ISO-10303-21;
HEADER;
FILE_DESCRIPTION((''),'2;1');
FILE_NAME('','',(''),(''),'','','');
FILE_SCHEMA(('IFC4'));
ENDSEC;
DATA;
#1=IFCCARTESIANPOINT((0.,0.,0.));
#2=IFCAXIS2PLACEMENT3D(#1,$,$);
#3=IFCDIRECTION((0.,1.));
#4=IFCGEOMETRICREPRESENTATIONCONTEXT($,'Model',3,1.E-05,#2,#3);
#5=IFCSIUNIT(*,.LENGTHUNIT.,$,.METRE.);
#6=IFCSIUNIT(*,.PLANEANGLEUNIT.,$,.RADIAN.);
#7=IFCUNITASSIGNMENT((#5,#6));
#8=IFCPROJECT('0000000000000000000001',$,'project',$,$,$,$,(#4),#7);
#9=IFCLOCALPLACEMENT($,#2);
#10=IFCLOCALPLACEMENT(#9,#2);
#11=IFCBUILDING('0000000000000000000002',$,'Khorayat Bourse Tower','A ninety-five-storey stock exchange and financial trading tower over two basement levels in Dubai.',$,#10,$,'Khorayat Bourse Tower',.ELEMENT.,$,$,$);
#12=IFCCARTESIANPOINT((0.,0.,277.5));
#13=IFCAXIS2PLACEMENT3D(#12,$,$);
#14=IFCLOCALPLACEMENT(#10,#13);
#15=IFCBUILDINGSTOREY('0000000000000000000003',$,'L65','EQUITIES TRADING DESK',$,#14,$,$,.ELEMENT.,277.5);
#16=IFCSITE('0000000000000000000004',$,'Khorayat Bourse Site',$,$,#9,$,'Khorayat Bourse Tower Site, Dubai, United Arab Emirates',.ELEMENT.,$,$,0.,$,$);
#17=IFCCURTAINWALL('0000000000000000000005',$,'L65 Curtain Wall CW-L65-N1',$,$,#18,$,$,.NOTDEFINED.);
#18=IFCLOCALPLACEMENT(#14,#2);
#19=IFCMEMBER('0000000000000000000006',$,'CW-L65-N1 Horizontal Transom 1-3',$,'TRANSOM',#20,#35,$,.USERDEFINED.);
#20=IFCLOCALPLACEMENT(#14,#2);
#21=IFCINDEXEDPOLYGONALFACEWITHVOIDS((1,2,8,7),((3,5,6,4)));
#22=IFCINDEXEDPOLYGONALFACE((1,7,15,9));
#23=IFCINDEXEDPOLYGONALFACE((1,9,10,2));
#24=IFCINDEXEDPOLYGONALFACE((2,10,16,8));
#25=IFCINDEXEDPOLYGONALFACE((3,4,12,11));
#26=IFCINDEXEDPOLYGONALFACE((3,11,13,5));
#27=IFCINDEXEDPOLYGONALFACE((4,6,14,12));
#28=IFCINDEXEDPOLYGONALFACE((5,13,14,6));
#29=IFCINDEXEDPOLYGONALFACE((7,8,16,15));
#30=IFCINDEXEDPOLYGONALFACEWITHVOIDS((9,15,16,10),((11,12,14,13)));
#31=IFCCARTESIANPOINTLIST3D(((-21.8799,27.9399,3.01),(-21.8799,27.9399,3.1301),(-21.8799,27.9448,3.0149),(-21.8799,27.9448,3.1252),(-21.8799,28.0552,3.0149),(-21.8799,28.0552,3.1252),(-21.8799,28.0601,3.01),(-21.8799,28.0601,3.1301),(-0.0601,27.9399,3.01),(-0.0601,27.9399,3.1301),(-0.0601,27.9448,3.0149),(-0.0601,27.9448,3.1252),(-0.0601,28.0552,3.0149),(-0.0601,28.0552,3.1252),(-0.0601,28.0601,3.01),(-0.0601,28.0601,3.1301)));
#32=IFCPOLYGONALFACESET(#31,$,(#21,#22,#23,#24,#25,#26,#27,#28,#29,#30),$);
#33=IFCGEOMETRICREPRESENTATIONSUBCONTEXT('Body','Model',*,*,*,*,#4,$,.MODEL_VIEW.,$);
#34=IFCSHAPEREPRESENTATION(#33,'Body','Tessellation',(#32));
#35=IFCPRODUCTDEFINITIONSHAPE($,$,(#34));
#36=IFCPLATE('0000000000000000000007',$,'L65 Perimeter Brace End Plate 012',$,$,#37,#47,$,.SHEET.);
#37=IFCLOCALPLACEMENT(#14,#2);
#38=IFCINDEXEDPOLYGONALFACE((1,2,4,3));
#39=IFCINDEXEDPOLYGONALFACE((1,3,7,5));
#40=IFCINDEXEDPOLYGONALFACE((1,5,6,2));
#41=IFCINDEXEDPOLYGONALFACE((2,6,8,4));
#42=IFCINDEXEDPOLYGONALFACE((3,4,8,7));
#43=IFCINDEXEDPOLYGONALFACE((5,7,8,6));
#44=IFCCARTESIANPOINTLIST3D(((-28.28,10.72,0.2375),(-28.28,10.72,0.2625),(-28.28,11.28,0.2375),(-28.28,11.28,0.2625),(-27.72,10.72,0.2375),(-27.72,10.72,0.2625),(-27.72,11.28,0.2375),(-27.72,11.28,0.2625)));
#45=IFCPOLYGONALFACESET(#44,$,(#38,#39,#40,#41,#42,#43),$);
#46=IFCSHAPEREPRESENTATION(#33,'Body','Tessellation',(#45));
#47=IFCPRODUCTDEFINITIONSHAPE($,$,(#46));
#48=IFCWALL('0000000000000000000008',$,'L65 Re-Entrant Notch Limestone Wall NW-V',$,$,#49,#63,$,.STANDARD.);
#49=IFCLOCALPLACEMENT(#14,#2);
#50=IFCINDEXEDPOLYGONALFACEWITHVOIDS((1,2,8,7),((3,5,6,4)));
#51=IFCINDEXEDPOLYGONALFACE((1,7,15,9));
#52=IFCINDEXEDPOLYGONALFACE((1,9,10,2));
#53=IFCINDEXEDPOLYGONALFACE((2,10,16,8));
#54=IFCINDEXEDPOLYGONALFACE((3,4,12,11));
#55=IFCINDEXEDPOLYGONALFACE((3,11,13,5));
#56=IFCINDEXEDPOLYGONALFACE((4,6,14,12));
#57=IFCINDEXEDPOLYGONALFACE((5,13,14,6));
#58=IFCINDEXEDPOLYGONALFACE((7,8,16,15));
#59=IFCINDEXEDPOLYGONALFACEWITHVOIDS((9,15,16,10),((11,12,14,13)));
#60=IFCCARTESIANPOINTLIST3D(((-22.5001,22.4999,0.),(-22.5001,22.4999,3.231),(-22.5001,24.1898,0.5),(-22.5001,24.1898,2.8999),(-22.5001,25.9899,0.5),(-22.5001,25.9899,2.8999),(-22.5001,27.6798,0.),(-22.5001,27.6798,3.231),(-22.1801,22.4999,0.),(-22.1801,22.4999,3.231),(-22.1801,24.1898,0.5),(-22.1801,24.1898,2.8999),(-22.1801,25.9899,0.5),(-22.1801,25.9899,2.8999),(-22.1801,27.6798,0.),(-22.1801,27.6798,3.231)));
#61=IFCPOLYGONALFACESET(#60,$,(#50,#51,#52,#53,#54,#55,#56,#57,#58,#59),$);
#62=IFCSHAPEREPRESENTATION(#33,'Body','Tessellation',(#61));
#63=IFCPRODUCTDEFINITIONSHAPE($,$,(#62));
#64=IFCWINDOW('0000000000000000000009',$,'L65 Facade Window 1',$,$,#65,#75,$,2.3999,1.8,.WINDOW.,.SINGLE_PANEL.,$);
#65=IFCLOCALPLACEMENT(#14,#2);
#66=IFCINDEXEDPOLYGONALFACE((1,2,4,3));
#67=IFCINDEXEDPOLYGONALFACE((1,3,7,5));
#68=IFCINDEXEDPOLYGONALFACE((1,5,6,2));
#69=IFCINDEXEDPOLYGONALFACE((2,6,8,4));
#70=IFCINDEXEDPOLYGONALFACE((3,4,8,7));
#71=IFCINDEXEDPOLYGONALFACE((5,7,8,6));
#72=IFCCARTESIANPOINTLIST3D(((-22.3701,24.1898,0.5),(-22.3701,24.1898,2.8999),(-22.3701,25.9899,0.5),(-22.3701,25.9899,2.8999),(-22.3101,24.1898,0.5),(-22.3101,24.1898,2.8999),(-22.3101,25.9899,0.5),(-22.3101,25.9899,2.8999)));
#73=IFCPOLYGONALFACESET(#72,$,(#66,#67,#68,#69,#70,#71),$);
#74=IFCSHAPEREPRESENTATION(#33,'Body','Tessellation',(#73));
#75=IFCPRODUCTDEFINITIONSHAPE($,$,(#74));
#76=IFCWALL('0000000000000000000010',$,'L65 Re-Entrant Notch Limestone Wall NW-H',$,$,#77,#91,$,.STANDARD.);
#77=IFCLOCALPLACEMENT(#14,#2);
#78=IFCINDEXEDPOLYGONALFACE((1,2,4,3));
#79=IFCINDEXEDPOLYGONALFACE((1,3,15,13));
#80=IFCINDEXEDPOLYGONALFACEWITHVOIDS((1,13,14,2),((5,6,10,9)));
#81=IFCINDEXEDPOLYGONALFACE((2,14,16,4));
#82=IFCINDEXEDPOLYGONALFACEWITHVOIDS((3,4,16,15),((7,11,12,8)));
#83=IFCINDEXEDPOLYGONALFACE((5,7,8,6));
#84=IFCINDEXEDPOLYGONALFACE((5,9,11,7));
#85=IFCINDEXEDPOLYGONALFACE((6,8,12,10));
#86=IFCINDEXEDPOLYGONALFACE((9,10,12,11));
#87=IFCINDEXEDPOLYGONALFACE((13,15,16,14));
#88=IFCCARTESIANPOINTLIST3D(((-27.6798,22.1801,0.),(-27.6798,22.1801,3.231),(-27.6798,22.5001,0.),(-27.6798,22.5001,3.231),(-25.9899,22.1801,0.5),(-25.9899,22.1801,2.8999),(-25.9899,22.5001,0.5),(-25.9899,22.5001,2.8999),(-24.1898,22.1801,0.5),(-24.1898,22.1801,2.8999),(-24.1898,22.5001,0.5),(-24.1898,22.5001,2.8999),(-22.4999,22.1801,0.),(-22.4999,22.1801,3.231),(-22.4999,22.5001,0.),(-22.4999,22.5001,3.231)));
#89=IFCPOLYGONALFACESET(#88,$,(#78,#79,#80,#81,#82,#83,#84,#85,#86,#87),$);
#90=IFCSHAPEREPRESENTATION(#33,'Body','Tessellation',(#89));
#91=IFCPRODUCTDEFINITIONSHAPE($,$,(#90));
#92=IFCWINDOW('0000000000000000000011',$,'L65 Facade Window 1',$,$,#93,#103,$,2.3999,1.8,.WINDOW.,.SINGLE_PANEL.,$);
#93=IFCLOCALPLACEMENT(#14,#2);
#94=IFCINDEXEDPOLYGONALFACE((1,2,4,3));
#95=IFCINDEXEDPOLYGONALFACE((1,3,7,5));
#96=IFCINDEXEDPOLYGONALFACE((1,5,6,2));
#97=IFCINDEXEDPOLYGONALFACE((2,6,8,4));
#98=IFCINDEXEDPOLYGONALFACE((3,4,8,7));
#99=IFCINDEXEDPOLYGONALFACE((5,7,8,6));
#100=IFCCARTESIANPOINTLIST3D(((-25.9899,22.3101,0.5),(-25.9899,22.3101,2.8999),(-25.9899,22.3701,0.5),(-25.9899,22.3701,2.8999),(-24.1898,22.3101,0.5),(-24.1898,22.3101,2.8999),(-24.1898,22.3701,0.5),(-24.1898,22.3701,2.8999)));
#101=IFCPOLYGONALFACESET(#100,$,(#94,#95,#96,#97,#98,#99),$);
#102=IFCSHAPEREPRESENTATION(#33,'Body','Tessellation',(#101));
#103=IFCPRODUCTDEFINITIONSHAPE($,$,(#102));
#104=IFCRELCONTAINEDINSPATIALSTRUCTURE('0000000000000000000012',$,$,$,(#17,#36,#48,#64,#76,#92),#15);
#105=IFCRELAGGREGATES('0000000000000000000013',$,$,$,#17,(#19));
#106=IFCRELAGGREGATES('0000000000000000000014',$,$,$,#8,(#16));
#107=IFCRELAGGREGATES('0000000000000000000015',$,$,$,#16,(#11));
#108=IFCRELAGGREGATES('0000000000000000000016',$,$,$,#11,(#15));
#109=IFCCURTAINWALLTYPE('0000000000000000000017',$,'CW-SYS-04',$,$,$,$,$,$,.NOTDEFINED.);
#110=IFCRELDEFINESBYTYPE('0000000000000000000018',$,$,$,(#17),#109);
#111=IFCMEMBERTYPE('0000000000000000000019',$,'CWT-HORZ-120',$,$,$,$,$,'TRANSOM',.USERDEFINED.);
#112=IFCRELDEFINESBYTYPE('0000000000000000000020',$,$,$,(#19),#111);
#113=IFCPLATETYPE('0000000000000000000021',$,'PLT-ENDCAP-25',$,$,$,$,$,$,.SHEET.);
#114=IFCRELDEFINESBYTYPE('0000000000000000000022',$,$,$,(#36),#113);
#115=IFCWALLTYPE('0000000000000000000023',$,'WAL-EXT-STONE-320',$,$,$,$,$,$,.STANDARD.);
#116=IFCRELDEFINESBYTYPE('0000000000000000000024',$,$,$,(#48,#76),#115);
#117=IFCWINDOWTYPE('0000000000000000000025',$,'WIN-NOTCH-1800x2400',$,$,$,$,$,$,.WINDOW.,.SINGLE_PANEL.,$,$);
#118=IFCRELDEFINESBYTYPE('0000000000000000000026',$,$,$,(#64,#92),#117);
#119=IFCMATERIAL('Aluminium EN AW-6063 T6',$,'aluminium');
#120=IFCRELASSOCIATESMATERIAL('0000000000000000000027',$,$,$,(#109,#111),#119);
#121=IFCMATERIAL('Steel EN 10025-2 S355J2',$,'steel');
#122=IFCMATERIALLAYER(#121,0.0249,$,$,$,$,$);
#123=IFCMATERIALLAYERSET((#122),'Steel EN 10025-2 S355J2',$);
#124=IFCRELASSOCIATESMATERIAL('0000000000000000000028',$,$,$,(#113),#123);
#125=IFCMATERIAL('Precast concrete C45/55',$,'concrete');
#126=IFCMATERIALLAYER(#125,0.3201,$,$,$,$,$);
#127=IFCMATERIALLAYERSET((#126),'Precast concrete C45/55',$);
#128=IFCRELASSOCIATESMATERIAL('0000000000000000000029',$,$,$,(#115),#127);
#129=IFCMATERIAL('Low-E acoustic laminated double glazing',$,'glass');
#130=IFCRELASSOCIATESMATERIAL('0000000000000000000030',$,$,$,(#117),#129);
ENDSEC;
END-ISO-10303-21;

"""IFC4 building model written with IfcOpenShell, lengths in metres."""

from ifc_helpers import new_model, si_unit, direction, frame, frame_2d, origin, origin_2d, place, context, subcontext, project, spatial, rectangle, hollow_rectangle, extrude, source, transform, mapped, material, layer, layer_set, material_profile, profile_set, type_object, element, fill, aggregate, save


model = new_model("IFC4")

# Units and contexts
model_context = context("Model", 3, precision=1e-05, world=origin(), true_north=direction((0.0, 1.0)))
body_context = subcontext(model_context, "Body", "Model", "MODEL_VIEW")
ifc_project = project(units=[si_unit("LENGTHUNIT", "METRE"), si_unit("PLANEANGLEUNIT", "RADIAN")], contexts=[model_context])

# Site, building, storey
site_placement = place(None, origin())
site = spatial("IfcSite", under=ifc_project, at=site_placement, Name="Khorayat Bourse Site", LongName="Khorayat Bourse Tower Site, Dubai, United Arab Emirates", CompositionType="ELEMENT", RefElevation=0.0)
building_placement = place(site_placement, origin())
building = spatial("IfcBuilding", under=site, at=building_placement, Name="Khorayat Bourse Tower", Description="A ninety-five-storey stock exchange and financial trading tower over two basement levels in Dubai.", LongName="Khorayat Bourse Tower", CompositionType="ELEMENT")
storey_placement = place(building_placement, frame((0.0, 0.0, 277.5)))
storey = spatial("IfcBuildingStorey", under=building, at=storey_placement, Name="L65", Description="EQUITIES TRADING DESK", CompositionType="ELEMENT", Elevation=277.5)

# Curtain wall
ifc_material_1 = material(Name="Aluminium EN AW-6063 T6", Category="aluminium")
curtain_wall_type = type_object("IfcCurtainWallType", Name="CW-SYS-04", PredefinedType="NOTDEFINED", material=ifc_material_1)
curtain_wall_1_placement = place(storey_placement, origin())
curtain_wall_1 = element("IfcCurtainWall", 1, at=curtain_wall_1_placement, inside=storey, type_object=curtain_wall_type, Name="L65 Curtain Wall CW-L65-N1", PredefinedType="NOTDEFINED")

# Member
ifc_material_profile_1 = material_profile(ifc_material_1, hollow_rectangle(XDim=0.1201, YDim=0.1201, WallThickness=0.0049, at=origin_2d()), Name="ALU 120x120x5")
ifc_profile_set_1 = profile_set([ifc_material_profile_1], Name="Aluminium EN AW-6063 T6")
member_type_1 = type_object("IfcMemberType", Name="CWT-HORZ-120", ElementType="TRANSOM", PredefinedType="USERDEFINED", material=ifc_profile_set_1)
shared_shape_1 = source(origin(), body_context, "Body", "SweptSolid", [
    extrude(hollow_rectangle(XDim=0.1201, YDim=0.1201, WallThickness=0.0049, at=origin_2d()), origin(), (0.0, 0.0, 1.0), 21.8198),
])
member_1_placement = place(storey_placement, frame((-21.8799, 28.0, 3.0701), z_axis=(1.0, 0.0, 0.0), x_axis=(0.0, 1.0, 0.0)))
member_1 = element("IfcMember", 2, at=member_1_placement, type_object=member_type_1, Name="CW-L65-N1 Horizontal Transom 1-3", ObjectType="TRANSOM", PredefinedType="USERDEFINED", context=body_context, shape_type="MappedRepresentation", body=[
    mapped(shared_shape_1, transform((0.0, 0.0, 0.0), scale=1.0)),
])
aggregate(curtain_wall_1, [member_1])

# Plate
ifc_material_2 = material(Name="Steel EN 10025-2 S355J2", Category="steel")
ifc_layer_1 = layer(ifc_material_2, 0.0249)
ifc_layer_set_1 = layer_set([ifc_layer_1], Name="Steel EN 10025-2 S355J2")
plate_type = type_object("IfcPlateType", Name="PLT-ENDCAP-25", PredefinedType="SHEET", material=ifc_layer_set_1)
shared_shape_2 = source(origin(), body_context, "Body", "SweptSolid", [
    extrude(rectangle(XDim=0.5601, YDim=0.5601, at=origin_2d()), origin(), (0.0, 0.0, 1.0), 0.0249),
])
plate_placement = place(storey_placement, frame((-28.0, 11.0, 0.2375), z_axis=(0.0, 0.0, 1.0), x_axis=(1.0, 0.0, 0.0)))
element("IfcPlate", 3, at=plate_placement, inside=storey, type_object=plate_type, Name="L65 Perimeter Brace End Plate 012", PredefinedType="SHEET", context=body_context, shape_type="MappedRepresentation", body=[
    mapped(shared_shape_2, transform((0.0, 0.0, 0.0), scale=1.0)),
])

# Walls, openings, windows
ifc_material_3 = material(Name="Precast concrete C45/55", Category="concrete")
ifc_layer_2 = layer(ifc_material_3, 0.3201)
ifc_layer_set_2 = layer_set([ifc_layer_2], Name="Precast concrete C45/55")
wall_type = type_object("IfcWallType", Name="WAL-EXT-STONE-320", PredefinedType="STANDARD", material=ifc_layer_set_2)
shared_shape_3 = source(origin(), body_context, "Body", "SweptSolid", [
    extrude(rectangle(XDim=5.1799, YDim=0.3201, at=frame_2d((2.5898, 0.0))), origin(), (0.0, 0.0, 1.0), 3.231),
])
wall_1_placement = place(storey_placement, frame((-22.3401, 22.5, 0.0), z_axis=(0.0, 0.0, 1.0), x_axis=(0.0, 1.0, 0.0)))
wall_1 = element("IfcWall", 4, at=wall_1_placement, inside=storey, type_object=wall_type, Name="L65 Re-Entrant Notch Limestone Wall NW-V", PredefinedType="STANDARD", context=body_context, shape_type="MappedRepresentation", body=[
    mapped(shared_shape_3, transform((0.0, 0.0, 0.0), scale=1.0)),
])
shared_shape_4 = source(origin(), body_context, "Body", "SweptSolid", [
    extrude(rectangle(XDim=1.8, YDim=2.3999, at=frame_2d((0.8999, 1.2))), frame((0.0, 0.1699, 0.0), z_axis=(0.0, -1.0, 0.0), x_axis=(1.0, 0.0, 0.0)), (0.0, 0.0, 1.0), 0.3401),
])
opening_1_placement = place(wall_1_placement, frame((1.6899, 0.0, 0.5)))
opening_1 = element("IfcOpeningElement", 5, at=opening_1_placement, cuts=wall_1, PredefinedType="OPENING", context=body_context, shape_type="MappedRepresentation", body=[
    mapped(shared_shape_4, transform((0.0, 0.0, 0.0), scale=1.0)),
])
ifc_material_4 = material(Name="Low-E acoustic laminated double glazing", Category="glass")
window_type = type_object("IfcWindowType", Name="WIN-NOTCH-1800x2400", PartitioningType="SINGLE_PANEL", PredefinedType="WINDOW", material=ifc_material_4)
shared_shape_5 = source(origin(), body_context, "Body", "SweptSolid", [
    extrude(rectangle(XDim=1.8, YDim=2.3999, at=frame_2d((0.8999, 1.2))), frame((0.0, 0.03, 0.0), z_axis=(0.0, -1.0, 0.0), x_axis=(1.0, 0.0, 0.0)), (0.0, 0.0, 1.0), 0.0601),
])
window_1_placement = place(opening_1_placement, origin())
window_1 = element("IfcWindow", 6, at=window_1_placement, inside=storey, type_object=window_type, Name="L65 Facade Window 1", OverallHeight=2.3999, OverallWidth=1.8, PartitioningType="SINGLE_PANEL", PredefinedType="WINDOW", context=body_context, shape_type="MappedRepresentation", body=[
    mapped(shared_shape_5, transform((0.0, 0.0, 0.0), scale=1.0)),
])
fill(opening_1, window_1)
wall_2_placement = place(storey_placement, frame((-22.5, 22.3401, 0.0), z_axis=(0.0, 0.0, 1.0), x_axis=(-1.0, 0.0, 0.0)))
wall_2 = element("IfcWall", 7, at=wall_2_placement, inside=storey, type_object=wall_type, Name="L65 Re-Entrant Notch Limestone Wall NW-H", PredefinedType="STANDARD", context=body_context, shape_type="MappedRepresentation", body=[
    mapped(shared_shape_3, transform((0.0, 0.0, 0.0), scale=1.0)),
])
opening_2_placement = place(wall_2_placement, frame((1.6899, 0.0, 0.5)))
opening_2 = element("IfcOpeningElement", 8, at=opening_2_placement, cuts=wall_2, PredefinedType="OPENING", context=body_context, shape_type="MappedRepresentation", body=[
    mapped(shared_shape_4, transform((0.0, 0.0, 0.0), scale=1.0)),
])
window_2_placement = place(opening_2_placement, origin())
window_2 = element("IfcWindow", 9, at=window_2_placement, inside=storey, type_object=window_type, Name="L65 Facade Window 1", OverallHeight=2.3999, OverallWidth=1.8, PartitioningType="SINGLE_PANEL", PredefinedType="WINDOW", context=body_context, shape_type="MappedRepresentation", body=[
    mapped(shared_shape_5, transform((0.0, 0.0, 0.0), scale=1.0)),
])
fill(opening_2, window_2)

save(model, "model.ifc")
